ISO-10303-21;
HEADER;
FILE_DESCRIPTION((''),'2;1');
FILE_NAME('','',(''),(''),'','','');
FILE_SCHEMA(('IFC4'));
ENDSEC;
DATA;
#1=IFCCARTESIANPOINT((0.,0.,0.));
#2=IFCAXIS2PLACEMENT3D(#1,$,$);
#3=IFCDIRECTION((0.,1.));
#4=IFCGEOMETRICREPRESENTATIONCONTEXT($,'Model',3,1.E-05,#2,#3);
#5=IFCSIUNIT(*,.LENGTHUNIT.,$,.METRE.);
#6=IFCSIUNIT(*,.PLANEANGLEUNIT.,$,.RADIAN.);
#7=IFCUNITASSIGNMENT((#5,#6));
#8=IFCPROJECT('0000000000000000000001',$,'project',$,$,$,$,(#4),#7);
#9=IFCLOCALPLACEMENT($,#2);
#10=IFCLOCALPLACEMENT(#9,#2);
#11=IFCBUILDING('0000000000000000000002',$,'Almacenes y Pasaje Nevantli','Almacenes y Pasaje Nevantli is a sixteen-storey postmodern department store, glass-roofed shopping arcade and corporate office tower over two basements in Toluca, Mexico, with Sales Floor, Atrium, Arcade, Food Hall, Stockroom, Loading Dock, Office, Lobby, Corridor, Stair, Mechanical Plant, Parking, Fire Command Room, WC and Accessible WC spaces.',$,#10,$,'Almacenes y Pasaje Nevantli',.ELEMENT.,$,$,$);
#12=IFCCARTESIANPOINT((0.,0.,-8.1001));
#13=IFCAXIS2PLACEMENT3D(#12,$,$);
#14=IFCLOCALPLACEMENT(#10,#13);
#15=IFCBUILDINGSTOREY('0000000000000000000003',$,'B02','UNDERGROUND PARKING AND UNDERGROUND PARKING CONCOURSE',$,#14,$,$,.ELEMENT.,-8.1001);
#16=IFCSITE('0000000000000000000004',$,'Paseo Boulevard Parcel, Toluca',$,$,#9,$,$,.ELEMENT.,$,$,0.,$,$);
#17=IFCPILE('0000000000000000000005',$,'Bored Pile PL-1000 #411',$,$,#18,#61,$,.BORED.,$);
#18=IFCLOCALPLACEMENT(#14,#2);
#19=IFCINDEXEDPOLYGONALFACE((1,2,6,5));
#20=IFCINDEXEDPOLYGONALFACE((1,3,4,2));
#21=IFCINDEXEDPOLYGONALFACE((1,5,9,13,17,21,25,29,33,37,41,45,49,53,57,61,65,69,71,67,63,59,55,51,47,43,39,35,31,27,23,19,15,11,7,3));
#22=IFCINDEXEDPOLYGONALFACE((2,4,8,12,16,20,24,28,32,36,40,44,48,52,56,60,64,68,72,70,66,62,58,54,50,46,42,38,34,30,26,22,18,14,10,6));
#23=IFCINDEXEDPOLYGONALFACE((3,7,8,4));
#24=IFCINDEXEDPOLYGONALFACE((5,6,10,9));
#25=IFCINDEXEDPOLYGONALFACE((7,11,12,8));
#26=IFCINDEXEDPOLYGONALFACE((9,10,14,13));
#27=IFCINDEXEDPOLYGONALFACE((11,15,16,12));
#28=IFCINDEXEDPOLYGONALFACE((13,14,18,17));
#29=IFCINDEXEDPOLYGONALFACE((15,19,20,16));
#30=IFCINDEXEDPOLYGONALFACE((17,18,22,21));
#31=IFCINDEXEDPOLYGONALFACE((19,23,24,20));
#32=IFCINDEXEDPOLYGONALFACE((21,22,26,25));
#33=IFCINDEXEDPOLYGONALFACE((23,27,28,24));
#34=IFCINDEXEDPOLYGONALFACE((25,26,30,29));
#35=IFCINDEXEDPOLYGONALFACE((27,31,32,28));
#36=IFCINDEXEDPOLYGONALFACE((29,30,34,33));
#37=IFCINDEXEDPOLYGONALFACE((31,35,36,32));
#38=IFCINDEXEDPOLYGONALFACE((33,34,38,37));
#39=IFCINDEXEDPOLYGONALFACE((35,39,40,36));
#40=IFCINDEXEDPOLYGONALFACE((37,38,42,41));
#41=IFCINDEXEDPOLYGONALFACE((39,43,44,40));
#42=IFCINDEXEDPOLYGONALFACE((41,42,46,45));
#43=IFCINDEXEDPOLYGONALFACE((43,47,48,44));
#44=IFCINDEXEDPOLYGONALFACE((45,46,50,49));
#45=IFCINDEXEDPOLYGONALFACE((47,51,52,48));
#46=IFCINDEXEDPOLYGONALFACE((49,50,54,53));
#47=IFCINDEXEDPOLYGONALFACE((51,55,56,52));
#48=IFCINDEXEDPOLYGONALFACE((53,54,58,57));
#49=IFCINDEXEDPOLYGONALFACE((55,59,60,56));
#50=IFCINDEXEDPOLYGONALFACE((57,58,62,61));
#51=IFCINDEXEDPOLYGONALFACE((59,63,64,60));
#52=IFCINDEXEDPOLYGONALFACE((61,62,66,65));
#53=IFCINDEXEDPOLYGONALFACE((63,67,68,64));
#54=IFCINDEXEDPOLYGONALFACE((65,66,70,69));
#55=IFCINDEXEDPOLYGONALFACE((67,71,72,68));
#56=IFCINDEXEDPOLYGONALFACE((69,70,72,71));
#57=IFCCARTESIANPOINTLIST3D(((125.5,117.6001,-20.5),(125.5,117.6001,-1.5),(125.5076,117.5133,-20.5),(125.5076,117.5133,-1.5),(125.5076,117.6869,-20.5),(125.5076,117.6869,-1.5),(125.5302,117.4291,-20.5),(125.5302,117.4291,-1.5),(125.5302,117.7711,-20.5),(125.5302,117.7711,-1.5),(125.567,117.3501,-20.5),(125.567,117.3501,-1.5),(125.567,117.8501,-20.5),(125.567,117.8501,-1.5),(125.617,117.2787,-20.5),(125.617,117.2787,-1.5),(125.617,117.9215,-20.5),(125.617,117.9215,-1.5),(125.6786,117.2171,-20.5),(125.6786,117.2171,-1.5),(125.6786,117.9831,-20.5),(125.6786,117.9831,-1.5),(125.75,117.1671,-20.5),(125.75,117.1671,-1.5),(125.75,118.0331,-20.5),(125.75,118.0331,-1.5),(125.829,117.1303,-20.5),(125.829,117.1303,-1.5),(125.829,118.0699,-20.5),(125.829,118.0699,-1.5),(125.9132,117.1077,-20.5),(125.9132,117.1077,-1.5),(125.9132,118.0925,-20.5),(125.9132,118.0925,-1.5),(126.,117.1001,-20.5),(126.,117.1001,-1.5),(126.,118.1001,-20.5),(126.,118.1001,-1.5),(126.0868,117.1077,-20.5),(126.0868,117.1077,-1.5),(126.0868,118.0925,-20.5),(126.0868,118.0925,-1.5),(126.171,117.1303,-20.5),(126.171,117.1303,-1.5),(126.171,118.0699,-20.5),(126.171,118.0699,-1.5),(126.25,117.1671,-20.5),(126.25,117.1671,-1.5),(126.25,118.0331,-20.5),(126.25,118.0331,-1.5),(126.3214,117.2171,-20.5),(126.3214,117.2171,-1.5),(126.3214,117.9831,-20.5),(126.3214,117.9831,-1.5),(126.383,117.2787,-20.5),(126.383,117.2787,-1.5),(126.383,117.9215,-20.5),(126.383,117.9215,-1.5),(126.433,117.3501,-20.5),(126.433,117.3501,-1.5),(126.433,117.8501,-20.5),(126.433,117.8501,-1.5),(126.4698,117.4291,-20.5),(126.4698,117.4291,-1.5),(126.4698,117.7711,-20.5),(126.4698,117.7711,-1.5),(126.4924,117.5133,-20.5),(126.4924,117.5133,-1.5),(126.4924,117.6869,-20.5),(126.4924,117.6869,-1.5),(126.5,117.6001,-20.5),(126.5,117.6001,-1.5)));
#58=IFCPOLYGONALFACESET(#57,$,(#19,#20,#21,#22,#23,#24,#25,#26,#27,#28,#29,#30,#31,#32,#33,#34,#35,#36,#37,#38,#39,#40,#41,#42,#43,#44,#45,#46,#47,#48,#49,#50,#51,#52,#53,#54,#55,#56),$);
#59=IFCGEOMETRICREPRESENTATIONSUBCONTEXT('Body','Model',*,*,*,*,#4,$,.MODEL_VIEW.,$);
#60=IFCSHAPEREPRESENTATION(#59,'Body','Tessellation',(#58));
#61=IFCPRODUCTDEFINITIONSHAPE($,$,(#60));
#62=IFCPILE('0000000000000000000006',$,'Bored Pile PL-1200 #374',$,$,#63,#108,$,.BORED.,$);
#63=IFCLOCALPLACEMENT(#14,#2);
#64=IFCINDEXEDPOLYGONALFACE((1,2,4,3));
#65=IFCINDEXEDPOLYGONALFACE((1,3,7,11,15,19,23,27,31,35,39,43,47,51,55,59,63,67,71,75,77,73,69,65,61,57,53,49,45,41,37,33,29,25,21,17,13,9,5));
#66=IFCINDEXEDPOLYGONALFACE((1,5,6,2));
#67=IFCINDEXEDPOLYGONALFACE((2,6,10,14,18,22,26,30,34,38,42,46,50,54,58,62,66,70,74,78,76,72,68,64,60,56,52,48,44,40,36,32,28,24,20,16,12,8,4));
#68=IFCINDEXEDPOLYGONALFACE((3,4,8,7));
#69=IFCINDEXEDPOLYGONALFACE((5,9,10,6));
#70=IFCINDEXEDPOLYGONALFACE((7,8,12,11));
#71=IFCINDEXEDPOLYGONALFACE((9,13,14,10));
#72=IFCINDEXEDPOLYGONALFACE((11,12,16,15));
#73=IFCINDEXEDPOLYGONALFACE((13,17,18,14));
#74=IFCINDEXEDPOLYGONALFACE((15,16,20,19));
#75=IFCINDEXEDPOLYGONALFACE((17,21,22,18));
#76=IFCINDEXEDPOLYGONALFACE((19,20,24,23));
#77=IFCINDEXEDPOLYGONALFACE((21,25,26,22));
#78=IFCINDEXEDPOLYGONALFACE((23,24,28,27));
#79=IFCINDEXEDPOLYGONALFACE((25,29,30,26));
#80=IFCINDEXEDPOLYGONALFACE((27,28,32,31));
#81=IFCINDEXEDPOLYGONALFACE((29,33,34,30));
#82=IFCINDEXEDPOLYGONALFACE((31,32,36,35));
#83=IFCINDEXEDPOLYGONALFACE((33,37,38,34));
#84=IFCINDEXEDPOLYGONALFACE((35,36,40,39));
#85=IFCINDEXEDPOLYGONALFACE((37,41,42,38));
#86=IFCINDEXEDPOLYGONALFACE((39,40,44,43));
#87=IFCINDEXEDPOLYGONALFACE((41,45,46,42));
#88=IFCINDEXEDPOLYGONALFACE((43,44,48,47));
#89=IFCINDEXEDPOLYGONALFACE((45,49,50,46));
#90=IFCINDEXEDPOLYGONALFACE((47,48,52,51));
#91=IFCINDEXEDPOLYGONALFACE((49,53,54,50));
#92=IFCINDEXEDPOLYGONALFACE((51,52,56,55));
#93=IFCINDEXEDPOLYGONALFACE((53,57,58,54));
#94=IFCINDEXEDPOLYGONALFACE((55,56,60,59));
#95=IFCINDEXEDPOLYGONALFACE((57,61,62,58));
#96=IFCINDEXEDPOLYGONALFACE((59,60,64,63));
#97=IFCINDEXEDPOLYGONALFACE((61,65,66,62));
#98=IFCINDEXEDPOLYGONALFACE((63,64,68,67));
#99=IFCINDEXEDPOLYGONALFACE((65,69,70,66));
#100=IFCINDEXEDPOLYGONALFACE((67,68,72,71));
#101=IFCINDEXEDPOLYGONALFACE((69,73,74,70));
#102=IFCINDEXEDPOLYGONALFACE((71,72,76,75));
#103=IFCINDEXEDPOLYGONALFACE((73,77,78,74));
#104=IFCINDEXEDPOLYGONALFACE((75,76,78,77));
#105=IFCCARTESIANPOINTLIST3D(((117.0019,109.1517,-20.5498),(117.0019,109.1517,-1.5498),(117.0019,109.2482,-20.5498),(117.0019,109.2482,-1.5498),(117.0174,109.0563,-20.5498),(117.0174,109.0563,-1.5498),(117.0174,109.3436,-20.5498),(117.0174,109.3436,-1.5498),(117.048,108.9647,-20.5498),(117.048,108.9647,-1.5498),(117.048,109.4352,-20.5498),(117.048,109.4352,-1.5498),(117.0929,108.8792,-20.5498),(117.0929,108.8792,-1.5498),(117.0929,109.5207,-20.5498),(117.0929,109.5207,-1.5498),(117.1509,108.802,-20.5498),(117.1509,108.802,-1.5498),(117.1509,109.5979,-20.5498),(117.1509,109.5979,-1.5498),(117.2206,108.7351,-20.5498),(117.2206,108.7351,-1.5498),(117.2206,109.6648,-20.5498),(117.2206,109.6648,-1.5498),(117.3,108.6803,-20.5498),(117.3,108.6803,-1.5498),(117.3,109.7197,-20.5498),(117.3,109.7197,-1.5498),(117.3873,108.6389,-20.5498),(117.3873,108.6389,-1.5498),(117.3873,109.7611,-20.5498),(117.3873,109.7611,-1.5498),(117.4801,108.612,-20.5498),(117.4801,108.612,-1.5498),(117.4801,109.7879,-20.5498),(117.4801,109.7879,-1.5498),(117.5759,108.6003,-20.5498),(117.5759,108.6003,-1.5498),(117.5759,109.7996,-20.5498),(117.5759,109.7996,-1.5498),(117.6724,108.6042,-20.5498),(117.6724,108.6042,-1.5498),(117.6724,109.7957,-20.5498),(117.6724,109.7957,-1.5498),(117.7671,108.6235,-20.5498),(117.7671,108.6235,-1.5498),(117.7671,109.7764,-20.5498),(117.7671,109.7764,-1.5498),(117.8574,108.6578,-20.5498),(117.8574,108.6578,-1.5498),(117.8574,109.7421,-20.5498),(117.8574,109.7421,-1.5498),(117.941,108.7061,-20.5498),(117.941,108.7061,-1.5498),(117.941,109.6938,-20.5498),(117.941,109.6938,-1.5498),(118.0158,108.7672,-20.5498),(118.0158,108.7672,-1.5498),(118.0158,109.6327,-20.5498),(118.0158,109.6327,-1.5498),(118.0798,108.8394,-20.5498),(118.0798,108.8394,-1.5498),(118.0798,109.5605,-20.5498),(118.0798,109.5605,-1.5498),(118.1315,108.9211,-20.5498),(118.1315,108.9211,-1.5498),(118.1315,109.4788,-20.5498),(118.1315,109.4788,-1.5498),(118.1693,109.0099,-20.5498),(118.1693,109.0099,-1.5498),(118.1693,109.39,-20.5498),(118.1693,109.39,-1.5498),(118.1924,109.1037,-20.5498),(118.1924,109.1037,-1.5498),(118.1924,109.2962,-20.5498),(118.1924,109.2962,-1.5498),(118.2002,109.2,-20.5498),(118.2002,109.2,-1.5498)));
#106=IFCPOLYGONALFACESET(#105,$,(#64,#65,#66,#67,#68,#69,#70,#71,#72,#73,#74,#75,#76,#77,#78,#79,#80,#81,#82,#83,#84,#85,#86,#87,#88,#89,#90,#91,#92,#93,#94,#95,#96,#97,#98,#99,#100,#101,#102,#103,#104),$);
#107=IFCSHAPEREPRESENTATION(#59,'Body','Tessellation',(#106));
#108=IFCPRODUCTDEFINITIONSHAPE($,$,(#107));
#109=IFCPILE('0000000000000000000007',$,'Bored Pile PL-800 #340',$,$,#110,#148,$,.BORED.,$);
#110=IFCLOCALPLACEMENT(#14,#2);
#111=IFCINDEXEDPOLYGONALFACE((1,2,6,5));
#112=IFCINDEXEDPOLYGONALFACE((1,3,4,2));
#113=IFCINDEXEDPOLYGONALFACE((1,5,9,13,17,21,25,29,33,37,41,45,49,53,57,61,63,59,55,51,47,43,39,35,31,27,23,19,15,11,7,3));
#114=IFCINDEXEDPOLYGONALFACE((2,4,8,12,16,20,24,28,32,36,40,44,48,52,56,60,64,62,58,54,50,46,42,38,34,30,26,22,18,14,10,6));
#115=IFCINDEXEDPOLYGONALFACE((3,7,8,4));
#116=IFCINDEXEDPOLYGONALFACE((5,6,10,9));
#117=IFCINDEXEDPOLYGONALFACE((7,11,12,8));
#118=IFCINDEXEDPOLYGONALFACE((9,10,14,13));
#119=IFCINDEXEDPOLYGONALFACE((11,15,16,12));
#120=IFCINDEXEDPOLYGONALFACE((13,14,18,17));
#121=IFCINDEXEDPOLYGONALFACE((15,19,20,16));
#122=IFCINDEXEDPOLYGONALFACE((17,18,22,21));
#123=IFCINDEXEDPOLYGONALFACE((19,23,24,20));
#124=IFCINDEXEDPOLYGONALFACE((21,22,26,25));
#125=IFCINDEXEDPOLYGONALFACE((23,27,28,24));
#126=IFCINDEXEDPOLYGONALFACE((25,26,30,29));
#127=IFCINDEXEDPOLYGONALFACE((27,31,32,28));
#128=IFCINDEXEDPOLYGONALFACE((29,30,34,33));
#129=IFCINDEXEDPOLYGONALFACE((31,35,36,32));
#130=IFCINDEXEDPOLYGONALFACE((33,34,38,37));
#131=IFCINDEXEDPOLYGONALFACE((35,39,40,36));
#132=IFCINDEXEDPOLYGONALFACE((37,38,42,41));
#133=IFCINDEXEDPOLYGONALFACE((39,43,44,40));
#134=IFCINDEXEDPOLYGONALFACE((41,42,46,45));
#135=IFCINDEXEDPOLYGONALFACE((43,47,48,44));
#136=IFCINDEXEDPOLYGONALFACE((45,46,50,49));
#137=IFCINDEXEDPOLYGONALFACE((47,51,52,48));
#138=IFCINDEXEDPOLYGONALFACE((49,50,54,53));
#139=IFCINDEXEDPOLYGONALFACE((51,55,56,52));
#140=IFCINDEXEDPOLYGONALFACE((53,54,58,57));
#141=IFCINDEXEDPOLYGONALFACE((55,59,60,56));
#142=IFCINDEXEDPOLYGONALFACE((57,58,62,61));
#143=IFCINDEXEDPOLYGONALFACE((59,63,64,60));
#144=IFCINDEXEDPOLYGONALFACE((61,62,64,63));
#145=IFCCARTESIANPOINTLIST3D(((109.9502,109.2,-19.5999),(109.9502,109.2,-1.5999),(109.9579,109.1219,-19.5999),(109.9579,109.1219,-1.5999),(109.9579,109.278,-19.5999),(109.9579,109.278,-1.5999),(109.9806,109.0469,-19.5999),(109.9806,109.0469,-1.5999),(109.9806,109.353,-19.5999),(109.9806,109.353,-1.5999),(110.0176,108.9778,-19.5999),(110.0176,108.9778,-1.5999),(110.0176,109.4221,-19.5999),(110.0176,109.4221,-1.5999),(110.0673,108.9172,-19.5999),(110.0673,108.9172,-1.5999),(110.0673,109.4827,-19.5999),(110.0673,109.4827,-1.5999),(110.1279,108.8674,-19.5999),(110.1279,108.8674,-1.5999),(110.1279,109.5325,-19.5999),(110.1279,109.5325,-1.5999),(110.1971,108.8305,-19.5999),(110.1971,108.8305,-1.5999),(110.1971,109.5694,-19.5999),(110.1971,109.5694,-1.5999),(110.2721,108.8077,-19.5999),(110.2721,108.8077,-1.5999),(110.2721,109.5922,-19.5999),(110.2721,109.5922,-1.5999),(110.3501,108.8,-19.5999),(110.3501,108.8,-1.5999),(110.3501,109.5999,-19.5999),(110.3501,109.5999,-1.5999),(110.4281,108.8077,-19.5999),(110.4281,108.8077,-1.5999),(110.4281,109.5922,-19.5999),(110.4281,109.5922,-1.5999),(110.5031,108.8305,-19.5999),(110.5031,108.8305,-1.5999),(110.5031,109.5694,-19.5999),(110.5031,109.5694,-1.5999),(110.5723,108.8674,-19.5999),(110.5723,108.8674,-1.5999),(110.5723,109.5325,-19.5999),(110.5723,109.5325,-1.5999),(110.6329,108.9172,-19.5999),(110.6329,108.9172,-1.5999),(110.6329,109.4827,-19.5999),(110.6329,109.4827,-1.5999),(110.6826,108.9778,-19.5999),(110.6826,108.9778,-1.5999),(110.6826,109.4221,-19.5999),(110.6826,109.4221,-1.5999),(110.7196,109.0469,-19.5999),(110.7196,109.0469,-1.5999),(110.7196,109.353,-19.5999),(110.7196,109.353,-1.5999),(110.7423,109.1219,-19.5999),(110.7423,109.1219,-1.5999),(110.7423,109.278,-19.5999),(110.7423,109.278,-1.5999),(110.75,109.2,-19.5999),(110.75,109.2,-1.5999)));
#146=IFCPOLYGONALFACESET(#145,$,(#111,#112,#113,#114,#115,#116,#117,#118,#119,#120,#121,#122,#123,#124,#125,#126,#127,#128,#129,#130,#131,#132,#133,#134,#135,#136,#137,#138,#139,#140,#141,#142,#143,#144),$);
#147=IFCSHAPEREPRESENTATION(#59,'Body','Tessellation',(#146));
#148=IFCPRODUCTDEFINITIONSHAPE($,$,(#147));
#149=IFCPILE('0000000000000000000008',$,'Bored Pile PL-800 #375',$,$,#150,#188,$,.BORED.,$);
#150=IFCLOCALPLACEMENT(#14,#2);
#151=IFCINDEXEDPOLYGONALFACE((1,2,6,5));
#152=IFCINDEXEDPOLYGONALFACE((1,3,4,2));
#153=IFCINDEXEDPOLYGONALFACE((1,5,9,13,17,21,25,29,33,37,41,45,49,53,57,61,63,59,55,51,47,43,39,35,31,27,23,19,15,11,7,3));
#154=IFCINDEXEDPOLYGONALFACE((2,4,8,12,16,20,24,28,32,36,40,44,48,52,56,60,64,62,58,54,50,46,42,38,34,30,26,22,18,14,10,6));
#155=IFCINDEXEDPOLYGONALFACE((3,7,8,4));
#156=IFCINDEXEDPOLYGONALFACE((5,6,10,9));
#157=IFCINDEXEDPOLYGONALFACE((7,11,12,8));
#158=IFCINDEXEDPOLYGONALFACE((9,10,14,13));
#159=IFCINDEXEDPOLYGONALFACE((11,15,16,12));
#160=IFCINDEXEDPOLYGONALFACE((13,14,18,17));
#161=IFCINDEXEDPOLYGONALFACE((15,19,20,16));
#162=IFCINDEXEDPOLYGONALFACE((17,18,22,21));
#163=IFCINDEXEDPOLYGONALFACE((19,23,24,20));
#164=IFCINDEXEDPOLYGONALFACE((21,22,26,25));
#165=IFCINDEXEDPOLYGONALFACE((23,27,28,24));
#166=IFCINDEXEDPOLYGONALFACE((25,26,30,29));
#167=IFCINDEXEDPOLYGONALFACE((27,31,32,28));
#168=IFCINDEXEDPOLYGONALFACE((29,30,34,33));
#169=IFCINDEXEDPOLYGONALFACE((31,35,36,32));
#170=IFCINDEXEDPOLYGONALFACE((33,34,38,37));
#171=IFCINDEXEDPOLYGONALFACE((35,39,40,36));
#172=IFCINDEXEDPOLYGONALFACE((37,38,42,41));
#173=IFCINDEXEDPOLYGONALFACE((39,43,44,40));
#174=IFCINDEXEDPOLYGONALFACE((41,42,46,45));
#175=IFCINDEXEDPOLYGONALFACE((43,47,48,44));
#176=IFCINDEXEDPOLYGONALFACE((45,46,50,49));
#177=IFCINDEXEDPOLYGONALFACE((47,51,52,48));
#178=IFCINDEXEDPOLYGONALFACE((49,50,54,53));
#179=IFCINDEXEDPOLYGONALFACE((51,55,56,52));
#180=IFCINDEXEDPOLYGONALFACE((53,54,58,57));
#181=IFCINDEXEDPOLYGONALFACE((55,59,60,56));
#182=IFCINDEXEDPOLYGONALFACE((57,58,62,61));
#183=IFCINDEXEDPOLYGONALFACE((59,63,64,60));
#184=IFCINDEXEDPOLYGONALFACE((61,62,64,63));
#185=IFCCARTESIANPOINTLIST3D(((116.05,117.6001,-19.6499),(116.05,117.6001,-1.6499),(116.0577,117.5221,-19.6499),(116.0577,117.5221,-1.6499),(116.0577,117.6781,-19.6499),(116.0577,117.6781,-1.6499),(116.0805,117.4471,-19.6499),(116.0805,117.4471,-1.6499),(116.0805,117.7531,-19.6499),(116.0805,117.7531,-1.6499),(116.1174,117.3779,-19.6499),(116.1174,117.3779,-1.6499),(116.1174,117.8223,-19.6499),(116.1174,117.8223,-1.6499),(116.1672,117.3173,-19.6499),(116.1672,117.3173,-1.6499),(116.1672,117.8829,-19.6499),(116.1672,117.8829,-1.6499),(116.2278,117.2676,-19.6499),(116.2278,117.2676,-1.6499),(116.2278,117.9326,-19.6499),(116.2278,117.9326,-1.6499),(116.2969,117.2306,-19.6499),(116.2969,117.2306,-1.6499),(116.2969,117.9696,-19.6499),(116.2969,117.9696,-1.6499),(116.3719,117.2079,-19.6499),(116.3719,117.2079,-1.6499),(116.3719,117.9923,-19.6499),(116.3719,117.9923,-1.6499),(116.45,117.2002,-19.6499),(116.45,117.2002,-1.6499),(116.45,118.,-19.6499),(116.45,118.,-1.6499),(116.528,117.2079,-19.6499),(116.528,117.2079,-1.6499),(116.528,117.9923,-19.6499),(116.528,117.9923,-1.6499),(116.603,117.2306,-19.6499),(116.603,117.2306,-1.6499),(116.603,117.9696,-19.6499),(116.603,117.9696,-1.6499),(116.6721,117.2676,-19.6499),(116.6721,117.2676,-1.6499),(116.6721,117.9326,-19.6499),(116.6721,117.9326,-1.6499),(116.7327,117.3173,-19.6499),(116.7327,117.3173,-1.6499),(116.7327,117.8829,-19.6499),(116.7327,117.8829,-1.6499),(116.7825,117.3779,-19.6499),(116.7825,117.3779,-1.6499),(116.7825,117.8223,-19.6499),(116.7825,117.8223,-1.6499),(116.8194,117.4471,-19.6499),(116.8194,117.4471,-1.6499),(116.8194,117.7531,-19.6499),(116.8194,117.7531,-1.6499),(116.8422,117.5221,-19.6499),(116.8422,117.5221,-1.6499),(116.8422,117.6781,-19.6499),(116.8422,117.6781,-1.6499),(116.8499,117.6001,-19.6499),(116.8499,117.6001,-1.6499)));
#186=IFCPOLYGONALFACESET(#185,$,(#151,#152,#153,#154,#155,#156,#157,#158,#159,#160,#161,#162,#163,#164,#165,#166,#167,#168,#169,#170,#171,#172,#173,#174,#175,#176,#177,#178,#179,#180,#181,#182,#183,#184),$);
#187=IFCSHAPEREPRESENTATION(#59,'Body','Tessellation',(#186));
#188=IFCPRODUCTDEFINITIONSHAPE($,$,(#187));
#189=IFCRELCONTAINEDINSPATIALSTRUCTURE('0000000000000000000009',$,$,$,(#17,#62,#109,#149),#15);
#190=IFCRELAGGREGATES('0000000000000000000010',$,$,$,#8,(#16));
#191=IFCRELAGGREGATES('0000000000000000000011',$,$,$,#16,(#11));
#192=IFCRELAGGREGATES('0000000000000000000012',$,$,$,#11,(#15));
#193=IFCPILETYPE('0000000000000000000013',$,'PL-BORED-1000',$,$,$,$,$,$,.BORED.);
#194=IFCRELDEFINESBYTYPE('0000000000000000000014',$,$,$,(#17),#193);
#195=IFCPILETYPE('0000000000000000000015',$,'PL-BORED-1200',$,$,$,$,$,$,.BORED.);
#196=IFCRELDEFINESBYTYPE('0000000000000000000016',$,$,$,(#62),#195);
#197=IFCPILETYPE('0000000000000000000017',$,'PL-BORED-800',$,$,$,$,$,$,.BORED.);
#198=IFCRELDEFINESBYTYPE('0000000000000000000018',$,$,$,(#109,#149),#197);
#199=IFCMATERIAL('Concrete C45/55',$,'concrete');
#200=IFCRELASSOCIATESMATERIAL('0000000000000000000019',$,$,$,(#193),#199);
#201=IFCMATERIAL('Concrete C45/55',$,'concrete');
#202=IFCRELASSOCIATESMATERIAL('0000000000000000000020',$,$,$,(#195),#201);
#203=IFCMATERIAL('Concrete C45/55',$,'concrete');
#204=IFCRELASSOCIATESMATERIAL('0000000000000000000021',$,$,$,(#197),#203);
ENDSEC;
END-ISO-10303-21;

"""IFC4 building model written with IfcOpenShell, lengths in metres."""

from ifc_helpers import new_model, si_unit, direction, frame, origin, origin_2d, place, context, subcontext, project, spatial, circle, extrude, material, material_profile, profile_set, type_object, element, save


model = new_model("IFC4")

# Units and contexts
model_context = context("Model", 3, precision=1e-05, world=origin(), true_north=direction((0.0, 1.0)))
body_context = subcontext(model_context, "Body", "Model", "MODEL_VIEW")
ifc_project = project(units=[si_unit("LENGTHUNIT", "METRE"), si_unit("PLANEANGLEUNIT", "RADIAN")], contexts=[model_context])

# Site, building, storey
site_placement = place(None, origin())
site = spatial("IfcSite", under=ifc_project, at=site_placement, Name="Paseo Boulevard Parcel, Toluca", CompositionType="ELEMENT", RefElevation=0.0)
building_placement = place(site_placement, origin())
building = spatial("IfcBuilding", under=site, at=building_placement, Name="Almacenes y Pasaje Nevantli", Description="Almacenes y Pasaje Nevantli is a sixteen-storey postmodern department store, glass-roofed shopping arcade and corporate office tower over two basements in Toluca, Mexico, with Sales Floor, Atrium, Arcade, Food Hall, Stockroom, Loading Dock, Office, Lobby, Corridor, Stair, Mechanical Plant, Parking, Fire Command Room, WC and Accessible WC spaces.", LongName="Almacenes y Pasaje Nevantli", CompositionType="ELEMENT")
storey_placement = place(building_placement, frame((0.0, 0.0, -8.1001)))
storey = spatial("IfcBuildingStorey", under=building, at=storey_placement, Name="B02", Description="UNDERGROUND PARKING AND UNDERGROUND PARKING CONCOURSE", CompositionType="ELEMENT", Elevation=-8.1001)

# Piles
ifc_material_1 = material(Name="Concrete C45/55", Category="concrete")
ifc_material_profile_1 = material_profile(ifc_material_1, circle(Radius=0.5, at=origin_2d()), Name="RC-PILE-D1000")
ifc_profile_set_1 = profile_set([ifc_material_profile_1], Name="Concrete C45/55")
pile_type_1 = type_object("IfcPileType", Name="PL-BORED-1000", PredefinedType="BORED", material=ifc_profile_set_1)
pile_1_placement = place(storey_placement, frame((126.0, 117.6001, -1.5), z_axis=(0.0, 0.0, -1.0), x_axis=(1.0, 0.0, 0.0)))
element("IfcPile", 1, at=pile_1_placement, inside=storey, type_object=pile_type_1, Name="Bored Pile PL-1000 #411", PredefinedType="BORED", context=body_context, shape_type="SweptSolid", body=[
    extrude(circle(Radius=0.5, at=origin_2d()), origin(), (0.0, 0.0, 1.0), 19.0),
])
ifc_material_2 = material(Name="Concrete C45/55", Category="concrete")
ifc_material_profile_2 = material_profile(ifc_material_2, circle(Radius=0.6001, at=origin_2d()), Name="RC-PILE-D1200")
ifc_profile_set_2 = profile_set([ifc_material_profile_2], Name="Concrete C45/55")
pile_type_2 = type_object("IfcPileType", Name="PL-BORED-1200", PredefinedType="BORED", material=ifc_profile_set_2)
pile_2_placement = place(storey_placement, frame((117.6001, 109.2, -1.5498), z_axis=(0.0, 0.0, -1.0), x_axis=(1.0, 0.0, 0.0)))
element("IfcPile", 2, at=pile_2_placement, inside=storey, type_object=pile_type_2, Name="Bored Pile PL-1200 #374", PredefinedType="BORED", context=body_context, shape_type="SweptSolid", body=[
    extrude(circle(Radius=0.6001, at=origin_2d()), origin(), (0.0, 0.0, 1.0), 19.0),
])
ifc_material_3 = material(Name="Concrete C45/55", Category="concrete")
ifc_material_profile_3 = material_profile(ifc_material_3, circle(Radius=0.3999, at=origin_2d()), Name="RC-PILE-D800")
ifc_profile_set_3 = profile_set([ifc_material_profile_3], Name="Concrete C45/55")
pile_type_3 = type_object("IfcPileType", Name="PL-BORED-800", PredefinedType="BORED", material=ifc_profile_set_3)
for number, where, z_axis, x_axis, name in (
    (3, (110.3501, 109.2, -1.5999), (0.0, 0.0, -1.0), (1.0, 0.0, 0.0), "Bored Pile PL-800 #340"),
    (4, (116.45, 117.6001, -1.6499), (0.0, 0.0, -1.0), (1.0, 0.0, 0.0), "Bored Pile PL-800 #375"),
):
    element("IfcPile", number, at=place(storey_placement, frame(where, z_axis=z_axis, x_axis=x_axis)), inside=storey, type_object=pile_type_3, Name=name, PredefinedType="BORED", context=body_context, shape_type="SweptSolid", body=[
        extrude(circle(Radius=0.3999, at=origin_2d()), origin(), (0.0, 0.0, 1.0), 18.0),
    ])

save(model, "model.ifc")
